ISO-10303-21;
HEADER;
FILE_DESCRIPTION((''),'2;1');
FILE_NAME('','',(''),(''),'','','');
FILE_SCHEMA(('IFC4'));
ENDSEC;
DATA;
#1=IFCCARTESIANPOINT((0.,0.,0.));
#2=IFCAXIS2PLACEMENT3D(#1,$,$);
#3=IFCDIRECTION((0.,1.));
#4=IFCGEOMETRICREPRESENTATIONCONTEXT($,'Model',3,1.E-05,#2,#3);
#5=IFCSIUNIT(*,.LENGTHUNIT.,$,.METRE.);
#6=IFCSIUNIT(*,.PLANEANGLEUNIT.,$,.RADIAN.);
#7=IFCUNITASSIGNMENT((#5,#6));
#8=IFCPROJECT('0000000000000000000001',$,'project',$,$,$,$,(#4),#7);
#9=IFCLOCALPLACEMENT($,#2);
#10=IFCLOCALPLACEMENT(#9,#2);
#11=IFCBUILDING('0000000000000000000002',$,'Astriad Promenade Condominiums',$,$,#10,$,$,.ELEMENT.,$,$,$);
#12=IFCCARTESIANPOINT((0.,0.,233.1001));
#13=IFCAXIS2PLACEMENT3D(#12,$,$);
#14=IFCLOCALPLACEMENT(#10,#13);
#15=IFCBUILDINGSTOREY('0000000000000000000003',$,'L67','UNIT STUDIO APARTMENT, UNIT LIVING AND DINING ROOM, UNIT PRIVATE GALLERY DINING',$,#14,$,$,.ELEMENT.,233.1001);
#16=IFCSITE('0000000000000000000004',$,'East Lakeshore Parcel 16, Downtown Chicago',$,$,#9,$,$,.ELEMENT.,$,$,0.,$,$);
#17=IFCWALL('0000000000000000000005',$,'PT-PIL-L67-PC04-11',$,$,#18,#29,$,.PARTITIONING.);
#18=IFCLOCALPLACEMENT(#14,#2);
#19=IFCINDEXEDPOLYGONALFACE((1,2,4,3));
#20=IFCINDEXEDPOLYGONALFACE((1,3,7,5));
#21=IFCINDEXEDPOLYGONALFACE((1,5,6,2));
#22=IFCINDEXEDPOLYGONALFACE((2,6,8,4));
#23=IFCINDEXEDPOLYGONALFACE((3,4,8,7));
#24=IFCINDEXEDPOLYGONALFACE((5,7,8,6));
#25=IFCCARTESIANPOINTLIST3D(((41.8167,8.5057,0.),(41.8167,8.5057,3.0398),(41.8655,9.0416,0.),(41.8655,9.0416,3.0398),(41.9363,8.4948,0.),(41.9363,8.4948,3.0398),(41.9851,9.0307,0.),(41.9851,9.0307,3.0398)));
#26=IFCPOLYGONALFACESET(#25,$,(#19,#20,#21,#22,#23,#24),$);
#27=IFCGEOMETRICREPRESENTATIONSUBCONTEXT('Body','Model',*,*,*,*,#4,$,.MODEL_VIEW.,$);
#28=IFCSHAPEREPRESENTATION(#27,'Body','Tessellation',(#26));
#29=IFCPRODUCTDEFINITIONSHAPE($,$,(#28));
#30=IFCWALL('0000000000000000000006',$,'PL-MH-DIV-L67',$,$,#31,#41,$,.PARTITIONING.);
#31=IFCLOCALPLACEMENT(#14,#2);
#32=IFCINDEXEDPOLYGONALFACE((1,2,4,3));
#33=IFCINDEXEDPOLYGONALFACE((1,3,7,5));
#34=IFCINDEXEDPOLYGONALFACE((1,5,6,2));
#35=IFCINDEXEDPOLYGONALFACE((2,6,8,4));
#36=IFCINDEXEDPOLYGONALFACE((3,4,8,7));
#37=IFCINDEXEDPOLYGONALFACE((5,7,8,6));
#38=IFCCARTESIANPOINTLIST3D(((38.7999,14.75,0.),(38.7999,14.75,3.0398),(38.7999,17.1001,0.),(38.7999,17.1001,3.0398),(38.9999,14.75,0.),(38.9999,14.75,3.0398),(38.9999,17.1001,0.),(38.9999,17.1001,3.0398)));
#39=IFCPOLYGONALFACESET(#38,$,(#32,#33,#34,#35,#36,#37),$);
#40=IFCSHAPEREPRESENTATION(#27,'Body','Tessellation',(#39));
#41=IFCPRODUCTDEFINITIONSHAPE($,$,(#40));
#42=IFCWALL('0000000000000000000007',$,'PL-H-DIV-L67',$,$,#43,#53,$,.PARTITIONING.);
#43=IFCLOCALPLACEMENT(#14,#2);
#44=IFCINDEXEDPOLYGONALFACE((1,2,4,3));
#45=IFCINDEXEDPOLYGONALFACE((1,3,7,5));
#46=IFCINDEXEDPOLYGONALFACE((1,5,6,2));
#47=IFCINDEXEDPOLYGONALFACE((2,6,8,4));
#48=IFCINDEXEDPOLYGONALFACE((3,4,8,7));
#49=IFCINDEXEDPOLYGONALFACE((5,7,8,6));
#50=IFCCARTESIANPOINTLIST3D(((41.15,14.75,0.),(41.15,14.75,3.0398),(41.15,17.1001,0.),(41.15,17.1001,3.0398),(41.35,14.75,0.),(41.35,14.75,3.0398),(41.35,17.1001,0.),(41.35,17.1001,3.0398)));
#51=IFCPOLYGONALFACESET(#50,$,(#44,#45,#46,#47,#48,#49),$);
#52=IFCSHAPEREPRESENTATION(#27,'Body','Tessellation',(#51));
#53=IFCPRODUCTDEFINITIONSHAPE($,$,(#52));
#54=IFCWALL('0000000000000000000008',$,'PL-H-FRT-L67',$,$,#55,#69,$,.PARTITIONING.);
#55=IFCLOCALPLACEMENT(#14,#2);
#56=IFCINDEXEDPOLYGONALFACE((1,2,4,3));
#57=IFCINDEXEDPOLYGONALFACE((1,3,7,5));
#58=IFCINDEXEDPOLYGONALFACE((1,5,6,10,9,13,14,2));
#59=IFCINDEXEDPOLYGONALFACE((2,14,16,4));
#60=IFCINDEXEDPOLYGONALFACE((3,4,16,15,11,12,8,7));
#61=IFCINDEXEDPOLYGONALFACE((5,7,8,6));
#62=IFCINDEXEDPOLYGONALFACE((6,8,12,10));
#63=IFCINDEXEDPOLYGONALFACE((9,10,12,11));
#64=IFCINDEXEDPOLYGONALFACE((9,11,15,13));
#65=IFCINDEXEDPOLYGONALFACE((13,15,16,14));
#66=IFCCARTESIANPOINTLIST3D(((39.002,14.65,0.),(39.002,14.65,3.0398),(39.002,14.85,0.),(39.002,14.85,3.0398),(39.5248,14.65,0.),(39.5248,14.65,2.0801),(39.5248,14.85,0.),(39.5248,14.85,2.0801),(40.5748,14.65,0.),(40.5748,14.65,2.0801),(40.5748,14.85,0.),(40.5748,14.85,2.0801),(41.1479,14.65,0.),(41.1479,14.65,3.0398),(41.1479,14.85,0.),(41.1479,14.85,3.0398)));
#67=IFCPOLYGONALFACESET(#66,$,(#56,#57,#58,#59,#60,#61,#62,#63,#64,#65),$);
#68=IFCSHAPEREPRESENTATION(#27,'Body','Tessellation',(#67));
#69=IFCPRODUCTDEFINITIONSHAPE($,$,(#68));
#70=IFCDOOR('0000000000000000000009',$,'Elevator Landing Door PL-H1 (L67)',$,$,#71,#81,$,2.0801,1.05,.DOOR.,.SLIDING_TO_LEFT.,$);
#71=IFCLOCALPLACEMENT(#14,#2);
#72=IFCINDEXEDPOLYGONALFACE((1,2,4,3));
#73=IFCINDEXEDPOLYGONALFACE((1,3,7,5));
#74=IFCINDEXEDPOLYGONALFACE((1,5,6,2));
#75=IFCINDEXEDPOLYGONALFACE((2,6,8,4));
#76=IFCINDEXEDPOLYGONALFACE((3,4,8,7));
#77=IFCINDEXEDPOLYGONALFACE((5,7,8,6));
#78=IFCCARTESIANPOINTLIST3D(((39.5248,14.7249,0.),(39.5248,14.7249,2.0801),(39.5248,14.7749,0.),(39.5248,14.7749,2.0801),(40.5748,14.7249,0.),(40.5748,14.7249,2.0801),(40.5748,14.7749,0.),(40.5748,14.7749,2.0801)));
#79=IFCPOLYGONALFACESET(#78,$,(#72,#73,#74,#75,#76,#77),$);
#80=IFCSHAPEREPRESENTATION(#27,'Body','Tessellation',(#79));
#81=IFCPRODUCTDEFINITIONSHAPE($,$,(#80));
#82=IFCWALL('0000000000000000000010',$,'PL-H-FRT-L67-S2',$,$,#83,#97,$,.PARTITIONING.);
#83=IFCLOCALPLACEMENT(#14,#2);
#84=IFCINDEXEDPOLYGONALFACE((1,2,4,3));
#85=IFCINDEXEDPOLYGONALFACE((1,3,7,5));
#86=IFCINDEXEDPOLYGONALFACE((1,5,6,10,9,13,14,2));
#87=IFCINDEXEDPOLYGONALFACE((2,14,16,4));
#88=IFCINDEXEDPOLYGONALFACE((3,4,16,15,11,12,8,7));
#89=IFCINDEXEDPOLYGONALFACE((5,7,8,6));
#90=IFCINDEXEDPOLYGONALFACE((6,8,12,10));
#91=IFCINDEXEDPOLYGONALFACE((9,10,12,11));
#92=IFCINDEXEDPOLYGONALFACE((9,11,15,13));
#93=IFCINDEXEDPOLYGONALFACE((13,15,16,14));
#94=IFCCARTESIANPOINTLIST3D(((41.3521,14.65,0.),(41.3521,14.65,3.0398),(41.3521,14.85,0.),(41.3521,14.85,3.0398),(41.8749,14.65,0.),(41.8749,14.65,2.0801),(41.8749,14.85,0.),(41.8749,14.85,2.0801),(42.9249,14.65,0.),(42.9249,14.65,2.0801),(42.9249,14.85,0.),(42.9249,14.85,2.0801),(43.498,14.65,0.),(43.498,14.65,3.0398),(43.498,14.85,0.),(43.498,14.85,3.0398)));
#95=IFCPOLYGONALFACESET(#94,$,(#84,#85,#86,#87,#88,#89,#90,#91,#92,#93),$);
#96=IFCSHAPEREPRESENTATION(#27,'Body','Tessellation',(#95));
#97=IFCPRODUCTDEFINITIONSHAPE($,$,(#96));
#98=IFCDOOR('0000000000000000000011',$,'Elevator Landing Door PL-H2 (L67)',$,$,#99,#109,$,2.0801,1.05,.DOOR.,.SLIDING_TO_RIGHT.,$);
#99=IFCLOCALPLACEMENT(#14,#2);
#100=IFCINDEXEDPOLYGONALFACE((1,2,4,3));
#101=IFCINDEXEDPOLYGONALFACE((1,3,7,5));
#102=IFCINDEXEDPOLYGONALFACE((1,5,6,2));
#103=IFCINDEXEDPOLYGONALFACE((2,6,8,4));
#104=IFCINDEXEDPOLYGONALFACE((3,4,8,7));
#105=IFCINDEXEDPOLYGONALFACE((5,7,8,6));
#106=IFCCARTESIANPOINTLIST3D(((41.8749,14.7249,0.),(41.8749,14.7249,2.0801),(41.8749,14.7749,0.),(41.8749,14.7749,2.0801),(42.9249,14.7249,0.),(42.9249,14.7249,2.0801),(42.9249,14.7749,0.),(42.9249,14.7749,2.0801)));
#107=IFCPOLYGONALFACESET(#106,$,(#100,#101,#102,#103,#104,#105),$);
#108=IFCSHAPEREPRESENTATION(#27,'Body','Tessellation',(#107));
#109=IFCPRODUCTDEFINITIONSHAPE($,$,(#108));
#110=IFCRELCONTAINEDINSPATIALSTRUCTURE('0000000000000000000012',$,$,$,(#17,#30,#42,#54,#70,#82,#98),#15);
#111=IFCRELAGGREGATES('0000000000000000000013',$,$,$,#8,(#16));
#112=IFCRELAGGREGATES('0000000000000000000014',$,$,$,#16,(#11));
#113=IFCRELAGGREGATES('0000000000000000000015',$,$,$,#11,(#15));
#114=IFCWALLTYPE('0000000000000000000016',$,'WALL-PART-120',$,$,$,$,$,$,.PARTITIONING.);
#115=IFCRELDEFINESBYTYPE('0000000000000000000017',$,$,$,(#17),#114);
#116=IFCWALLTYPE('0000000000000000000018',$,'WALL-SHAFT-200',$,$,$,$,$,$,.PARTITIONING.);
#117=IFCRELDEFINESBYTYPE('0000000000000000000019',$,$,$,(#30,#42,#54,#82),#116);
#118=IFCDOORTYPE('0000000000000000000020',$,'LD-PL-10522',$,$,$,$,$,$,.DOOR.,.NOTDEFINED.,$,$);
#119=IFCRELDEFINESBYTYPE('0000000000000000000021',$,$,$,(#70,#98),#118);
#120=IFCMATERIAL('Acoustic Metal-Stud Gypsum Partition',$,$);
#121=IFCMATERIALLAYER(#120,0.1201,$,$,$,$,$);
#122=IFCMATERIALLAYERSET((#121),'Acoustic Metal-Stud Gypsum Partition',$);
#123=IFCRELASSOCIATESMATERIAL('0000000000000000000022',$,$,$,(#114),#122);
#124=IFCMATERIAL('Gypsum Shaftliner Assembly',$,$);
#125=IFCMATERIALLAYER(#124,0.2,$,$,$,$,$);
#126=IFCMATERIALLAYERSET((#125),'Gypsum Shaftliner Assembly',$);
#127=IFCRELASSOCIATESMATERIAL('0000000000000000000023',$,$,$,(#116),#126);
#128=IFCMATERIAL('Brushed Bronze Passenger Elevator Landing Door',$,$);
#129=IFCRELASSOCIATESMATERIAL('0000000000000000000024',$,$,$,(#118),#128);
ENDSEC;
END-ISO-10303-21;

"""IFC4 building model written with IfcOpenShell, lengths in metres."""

from ifc_helpers import new_model, si_unit, direction, frame, frame_2d, origin, place, context, subcontext, project, spatial, rectangle, extrude, source, transform, mapped, material, layer, layer_set, type_object, type_shapes, element, fill, save


model = new_model("IFC4")

# Units and contexts
model_context = context("Model", 3, precision=1e-05, world=origin(), true_north=direction((0.0, 1.0)))
body_context = subcontext(model_context, "Body", "Model", "MODEL_VIEW")
ifc_project = project(units=[si_unit("LENGTHUNIT", "METRE"), si_unit("PLANEANGLEUNIT", "RADIAN")], contexts=[model_context])

# Site, building, storey
site_placement = place(None, origin())
site = spatial("IfcSite", under=ifc_project, at=site_placement, Name="East Lakeshore Parcel 16, Downtown Chicago", CompositionType="ELEMENT", RefElevation=0.0)
building_placement = place(site_placement, origin())
building = spatial("IfcBuilding", under=site, at=building_placement, Name="Astriad Promenade Condominiums", CompositionType="ELEMENT")
storey_placement = place(building_placement, frame((0.0, 0.0, 233.1001)))
storey = spatial("IfcBuildingStorey", under=building, at=storey_placement, Name="L67", Description="UNIT STUDIO APARTMENT, UNIT LIVING AND DINING ROOM, UNIT PRIVATE GALLERY DINING", CompositionType="ELEMENT", Elevation=233.1001)

# Shared definitions
ifc_material_1 = material(Name="Acoustic Metal-Stud Gypsum Partition")
ifc_layer_1 = layer(ifc_material_1, 0.1201)
ifc_layer_set_1 = layer_set([ifc_layer_1], Name="Acoustic Metal-Stud Gypsum Partition")
wall_type_1 = type_object("IfcWallType", Name="WALL-PART-120", PredefinedType="PARTITIONING", material=ifc_layer_set_1)

# Walls
wall_1_placement = place(storey_placement, frame((41.9253, 9.0361, 0.0), z_axis=(0.0, 0.0, 1.0), x_axis=(-0.09074, -0.995875, 0.0)))
element("IfcWall", 1, at=wall_1_placement, inside=storey, type_object=wall_type_1, Name="PT-PIL-L67-PC04-11", PredefinedType="PARTITIONING", context=body_context, shape_type="SweptSolid", body=[
    extrude(rectangle(XDim=0.5381, YDim=0.1201, at=frame_2d((0.269, 0.0))), origin(), (0.0, 0.0, 1.0), 3.0398),
])
ifc_material_2 = material(Name="Gypsum Shaftliner Assembly")
ifc_layer_2 = layer(ifc_material_2, 0.2)
ifc_layer_set_2 = layer_set([ifc_layer_2], Name="Gypsum Shaftliner Assembly")
wall_type_2 = type_object("IfcWallType", Name="WALL-SHAFT-200", PredefinedType="PARTITIONING", material=ifc_layer_set_2)
for number, where, z_axis, x_axis, name in (
    (2, (38.8999, 14.75, 0.0), (0.0, 0.0, 1.0), (0.0, 1.0, 0.0), "PL-MH-DIV-L67"),
    (3, (41.25, 14.75, 0.0), (0.0, 0.0, 1.0), (0.0, 1.0, 0.0), "PL-H-DIV-L67"),
):
    element("IfcWall", number, at=place(storey_placement, frame(where, z_axis=z_axis, x_axis=x_axis)), inside=storey, type_object=wall_type_2, Name=name, PredefinedType="PARTITIONING", context=body_context, shape_type="SweptSolid", body=[
        extrude(rectangle(XDim=2.3501, YDim=0.2, at=frame_2d((1.175, 0.0))), origin(), (0.0, 0.0, 1.0), 3.0398),
    ])

# Walls, openings, doors
wall_2_placement = place(storey_placement, frame((39.002, 14.75, 0.0), z_axis=(0.0, 0.0, 1.0), x_axis=(1.0, 0.0, 0.0)))
wall_2 = element("IfcWall", 4, at=wall_2_placement, inside=storey, type_object=wall_type_2, Name="PL-H-FRT-L67", PredefinedType="PARTITIONING", context=body_context, shape_type="SweptSolid", body=[
    extrude(rectangle(XDim=2.146, YDim=0.2, at=frame_2d((1.073, 0.0))), origin(), (0.0, 0.0, 1.0), 3.0398),
])
opening_1_placement = place(wall_2_placement, frame((0.5229, 0.0, 0.0)))
opening_1 = element("IfcOpeningElement", 5, at=opening_1_placement, cuts=wall_2, PredefinedType="OPENING", context=body_context, shape_type="SweptSolid", body=[
    extrude(rectangle(XDim=1.05, YDim=2.0801, at=frame_2d((0.5249, 1.04))), frame((0.0, 0.1099, 0.0), z_axis=(0.0, -1.0, 0.0), x_axis=(1.0, 0.0, 0.0)), (0.0, 0.0, 1.0), 0.22),
])
ifc_material_3 = material(Name="Brushed Bronze Passenger Elevator Landing Door")
door_type_1 = type_object("IfcDoorType", Name="LD-PL-10522", OperationType="NOTDEFINED", PredefinedType="DOOR", material=ifc_material_3)
shared_shape_1 = source(origin(), body_context, "Body", "SweptSolid", [
    extrude(rectangle(XDim=1.05, YDim=2.0801, at=frame_2d((0.5249, 1.04))), frame((0.0, 0.0249, 0.0), z_axis=(0.0, -1.0, 0.0), x_axis=(1.0, 0.0, 0.0)), (0.0, 0.0, 1.0), 0.05),
])
type_shapes(door_type_1, [shared_shape_1])
door_1_placement = place(opening_1_placement, origin())
door_1 = element("IfcDoor", 6, at=door_1_placement, inside=storey, type_object=door_type_1, Name="Elevator Landing Door PL-H1 (L67)", OperationType="SLIDING_TO_LEFT", OverallHeight=2.0801, OverallWidth=1.05, PredefinedType="DOOR", context=body_context, shape_type="MappedRepresentation", body=[
    mapped(shared_shape_1, transform((0.0, 0.0, 0.0), scale=1.0)),
])
fill(opening_1, door_1)
wall_3_placement = place(storey_placement, frame((41.3521, 14.75, 0.0), z_axis=(0.0, 0.0, 1.0), x_axis=(1.0, 0.0, 0.0)))
wall_3 = element("IfcWall", 7, at=wall_3_placement, inside=storey, type_object=wall_type_2, Name="PL-H-FRT-L67-S2", PredefinedType="PARTITIONING", context=body_context, shape_type="SweptSolid", body=[
    extrude(rectangle(XDim=2.146, YDim=0.2, at=frame_2d((1.073, 0.0))), origin(), (0.0, 0.0, 1.0), 3.0398),
])
opening_2_placement = place(wall_3_placement, frame((0.5229, 0.0, 0.0)))
opening_2 = element("IfcOpeningElement", 8, at=opening_2_placement, cuts=wall_3, PredefinedType="OPENING", context=body_context, shape_type="SweptSolid", body=[
    extrude(rectangle(XDim=1.05, YDim=2.0801, at=frame_2d((0.5249, 1.04))), frame((0.0, 0.1099, 0.0), z_axis=(0.0, -1.0, 0.0), x_axis=(1.0, 0.0, 0.0)), (0.0, 0.0, 1.0), 0.22),
])
door_2_placement = place(opening_2_placement, origin())
door_2 = element("IfcDoor", 9, at=door_2_placement, inside=storey, type_object=door_type_1, Name="Elevator Landing Door PL-H2 (L67)", OperationType="SLIDING_TO_RIGHT", OverallHeight=2.0801, OverallWidth=1.05, PredefinedType="DOOR", context=body_context, shape_type="MappedRepresentation", body=[
    mapped(shared_shape_1, transform((0.0, 0.0, 0.0), scale=1.0)),
])
fill(opening_2, door_2)

save(model, "model.ifc")
